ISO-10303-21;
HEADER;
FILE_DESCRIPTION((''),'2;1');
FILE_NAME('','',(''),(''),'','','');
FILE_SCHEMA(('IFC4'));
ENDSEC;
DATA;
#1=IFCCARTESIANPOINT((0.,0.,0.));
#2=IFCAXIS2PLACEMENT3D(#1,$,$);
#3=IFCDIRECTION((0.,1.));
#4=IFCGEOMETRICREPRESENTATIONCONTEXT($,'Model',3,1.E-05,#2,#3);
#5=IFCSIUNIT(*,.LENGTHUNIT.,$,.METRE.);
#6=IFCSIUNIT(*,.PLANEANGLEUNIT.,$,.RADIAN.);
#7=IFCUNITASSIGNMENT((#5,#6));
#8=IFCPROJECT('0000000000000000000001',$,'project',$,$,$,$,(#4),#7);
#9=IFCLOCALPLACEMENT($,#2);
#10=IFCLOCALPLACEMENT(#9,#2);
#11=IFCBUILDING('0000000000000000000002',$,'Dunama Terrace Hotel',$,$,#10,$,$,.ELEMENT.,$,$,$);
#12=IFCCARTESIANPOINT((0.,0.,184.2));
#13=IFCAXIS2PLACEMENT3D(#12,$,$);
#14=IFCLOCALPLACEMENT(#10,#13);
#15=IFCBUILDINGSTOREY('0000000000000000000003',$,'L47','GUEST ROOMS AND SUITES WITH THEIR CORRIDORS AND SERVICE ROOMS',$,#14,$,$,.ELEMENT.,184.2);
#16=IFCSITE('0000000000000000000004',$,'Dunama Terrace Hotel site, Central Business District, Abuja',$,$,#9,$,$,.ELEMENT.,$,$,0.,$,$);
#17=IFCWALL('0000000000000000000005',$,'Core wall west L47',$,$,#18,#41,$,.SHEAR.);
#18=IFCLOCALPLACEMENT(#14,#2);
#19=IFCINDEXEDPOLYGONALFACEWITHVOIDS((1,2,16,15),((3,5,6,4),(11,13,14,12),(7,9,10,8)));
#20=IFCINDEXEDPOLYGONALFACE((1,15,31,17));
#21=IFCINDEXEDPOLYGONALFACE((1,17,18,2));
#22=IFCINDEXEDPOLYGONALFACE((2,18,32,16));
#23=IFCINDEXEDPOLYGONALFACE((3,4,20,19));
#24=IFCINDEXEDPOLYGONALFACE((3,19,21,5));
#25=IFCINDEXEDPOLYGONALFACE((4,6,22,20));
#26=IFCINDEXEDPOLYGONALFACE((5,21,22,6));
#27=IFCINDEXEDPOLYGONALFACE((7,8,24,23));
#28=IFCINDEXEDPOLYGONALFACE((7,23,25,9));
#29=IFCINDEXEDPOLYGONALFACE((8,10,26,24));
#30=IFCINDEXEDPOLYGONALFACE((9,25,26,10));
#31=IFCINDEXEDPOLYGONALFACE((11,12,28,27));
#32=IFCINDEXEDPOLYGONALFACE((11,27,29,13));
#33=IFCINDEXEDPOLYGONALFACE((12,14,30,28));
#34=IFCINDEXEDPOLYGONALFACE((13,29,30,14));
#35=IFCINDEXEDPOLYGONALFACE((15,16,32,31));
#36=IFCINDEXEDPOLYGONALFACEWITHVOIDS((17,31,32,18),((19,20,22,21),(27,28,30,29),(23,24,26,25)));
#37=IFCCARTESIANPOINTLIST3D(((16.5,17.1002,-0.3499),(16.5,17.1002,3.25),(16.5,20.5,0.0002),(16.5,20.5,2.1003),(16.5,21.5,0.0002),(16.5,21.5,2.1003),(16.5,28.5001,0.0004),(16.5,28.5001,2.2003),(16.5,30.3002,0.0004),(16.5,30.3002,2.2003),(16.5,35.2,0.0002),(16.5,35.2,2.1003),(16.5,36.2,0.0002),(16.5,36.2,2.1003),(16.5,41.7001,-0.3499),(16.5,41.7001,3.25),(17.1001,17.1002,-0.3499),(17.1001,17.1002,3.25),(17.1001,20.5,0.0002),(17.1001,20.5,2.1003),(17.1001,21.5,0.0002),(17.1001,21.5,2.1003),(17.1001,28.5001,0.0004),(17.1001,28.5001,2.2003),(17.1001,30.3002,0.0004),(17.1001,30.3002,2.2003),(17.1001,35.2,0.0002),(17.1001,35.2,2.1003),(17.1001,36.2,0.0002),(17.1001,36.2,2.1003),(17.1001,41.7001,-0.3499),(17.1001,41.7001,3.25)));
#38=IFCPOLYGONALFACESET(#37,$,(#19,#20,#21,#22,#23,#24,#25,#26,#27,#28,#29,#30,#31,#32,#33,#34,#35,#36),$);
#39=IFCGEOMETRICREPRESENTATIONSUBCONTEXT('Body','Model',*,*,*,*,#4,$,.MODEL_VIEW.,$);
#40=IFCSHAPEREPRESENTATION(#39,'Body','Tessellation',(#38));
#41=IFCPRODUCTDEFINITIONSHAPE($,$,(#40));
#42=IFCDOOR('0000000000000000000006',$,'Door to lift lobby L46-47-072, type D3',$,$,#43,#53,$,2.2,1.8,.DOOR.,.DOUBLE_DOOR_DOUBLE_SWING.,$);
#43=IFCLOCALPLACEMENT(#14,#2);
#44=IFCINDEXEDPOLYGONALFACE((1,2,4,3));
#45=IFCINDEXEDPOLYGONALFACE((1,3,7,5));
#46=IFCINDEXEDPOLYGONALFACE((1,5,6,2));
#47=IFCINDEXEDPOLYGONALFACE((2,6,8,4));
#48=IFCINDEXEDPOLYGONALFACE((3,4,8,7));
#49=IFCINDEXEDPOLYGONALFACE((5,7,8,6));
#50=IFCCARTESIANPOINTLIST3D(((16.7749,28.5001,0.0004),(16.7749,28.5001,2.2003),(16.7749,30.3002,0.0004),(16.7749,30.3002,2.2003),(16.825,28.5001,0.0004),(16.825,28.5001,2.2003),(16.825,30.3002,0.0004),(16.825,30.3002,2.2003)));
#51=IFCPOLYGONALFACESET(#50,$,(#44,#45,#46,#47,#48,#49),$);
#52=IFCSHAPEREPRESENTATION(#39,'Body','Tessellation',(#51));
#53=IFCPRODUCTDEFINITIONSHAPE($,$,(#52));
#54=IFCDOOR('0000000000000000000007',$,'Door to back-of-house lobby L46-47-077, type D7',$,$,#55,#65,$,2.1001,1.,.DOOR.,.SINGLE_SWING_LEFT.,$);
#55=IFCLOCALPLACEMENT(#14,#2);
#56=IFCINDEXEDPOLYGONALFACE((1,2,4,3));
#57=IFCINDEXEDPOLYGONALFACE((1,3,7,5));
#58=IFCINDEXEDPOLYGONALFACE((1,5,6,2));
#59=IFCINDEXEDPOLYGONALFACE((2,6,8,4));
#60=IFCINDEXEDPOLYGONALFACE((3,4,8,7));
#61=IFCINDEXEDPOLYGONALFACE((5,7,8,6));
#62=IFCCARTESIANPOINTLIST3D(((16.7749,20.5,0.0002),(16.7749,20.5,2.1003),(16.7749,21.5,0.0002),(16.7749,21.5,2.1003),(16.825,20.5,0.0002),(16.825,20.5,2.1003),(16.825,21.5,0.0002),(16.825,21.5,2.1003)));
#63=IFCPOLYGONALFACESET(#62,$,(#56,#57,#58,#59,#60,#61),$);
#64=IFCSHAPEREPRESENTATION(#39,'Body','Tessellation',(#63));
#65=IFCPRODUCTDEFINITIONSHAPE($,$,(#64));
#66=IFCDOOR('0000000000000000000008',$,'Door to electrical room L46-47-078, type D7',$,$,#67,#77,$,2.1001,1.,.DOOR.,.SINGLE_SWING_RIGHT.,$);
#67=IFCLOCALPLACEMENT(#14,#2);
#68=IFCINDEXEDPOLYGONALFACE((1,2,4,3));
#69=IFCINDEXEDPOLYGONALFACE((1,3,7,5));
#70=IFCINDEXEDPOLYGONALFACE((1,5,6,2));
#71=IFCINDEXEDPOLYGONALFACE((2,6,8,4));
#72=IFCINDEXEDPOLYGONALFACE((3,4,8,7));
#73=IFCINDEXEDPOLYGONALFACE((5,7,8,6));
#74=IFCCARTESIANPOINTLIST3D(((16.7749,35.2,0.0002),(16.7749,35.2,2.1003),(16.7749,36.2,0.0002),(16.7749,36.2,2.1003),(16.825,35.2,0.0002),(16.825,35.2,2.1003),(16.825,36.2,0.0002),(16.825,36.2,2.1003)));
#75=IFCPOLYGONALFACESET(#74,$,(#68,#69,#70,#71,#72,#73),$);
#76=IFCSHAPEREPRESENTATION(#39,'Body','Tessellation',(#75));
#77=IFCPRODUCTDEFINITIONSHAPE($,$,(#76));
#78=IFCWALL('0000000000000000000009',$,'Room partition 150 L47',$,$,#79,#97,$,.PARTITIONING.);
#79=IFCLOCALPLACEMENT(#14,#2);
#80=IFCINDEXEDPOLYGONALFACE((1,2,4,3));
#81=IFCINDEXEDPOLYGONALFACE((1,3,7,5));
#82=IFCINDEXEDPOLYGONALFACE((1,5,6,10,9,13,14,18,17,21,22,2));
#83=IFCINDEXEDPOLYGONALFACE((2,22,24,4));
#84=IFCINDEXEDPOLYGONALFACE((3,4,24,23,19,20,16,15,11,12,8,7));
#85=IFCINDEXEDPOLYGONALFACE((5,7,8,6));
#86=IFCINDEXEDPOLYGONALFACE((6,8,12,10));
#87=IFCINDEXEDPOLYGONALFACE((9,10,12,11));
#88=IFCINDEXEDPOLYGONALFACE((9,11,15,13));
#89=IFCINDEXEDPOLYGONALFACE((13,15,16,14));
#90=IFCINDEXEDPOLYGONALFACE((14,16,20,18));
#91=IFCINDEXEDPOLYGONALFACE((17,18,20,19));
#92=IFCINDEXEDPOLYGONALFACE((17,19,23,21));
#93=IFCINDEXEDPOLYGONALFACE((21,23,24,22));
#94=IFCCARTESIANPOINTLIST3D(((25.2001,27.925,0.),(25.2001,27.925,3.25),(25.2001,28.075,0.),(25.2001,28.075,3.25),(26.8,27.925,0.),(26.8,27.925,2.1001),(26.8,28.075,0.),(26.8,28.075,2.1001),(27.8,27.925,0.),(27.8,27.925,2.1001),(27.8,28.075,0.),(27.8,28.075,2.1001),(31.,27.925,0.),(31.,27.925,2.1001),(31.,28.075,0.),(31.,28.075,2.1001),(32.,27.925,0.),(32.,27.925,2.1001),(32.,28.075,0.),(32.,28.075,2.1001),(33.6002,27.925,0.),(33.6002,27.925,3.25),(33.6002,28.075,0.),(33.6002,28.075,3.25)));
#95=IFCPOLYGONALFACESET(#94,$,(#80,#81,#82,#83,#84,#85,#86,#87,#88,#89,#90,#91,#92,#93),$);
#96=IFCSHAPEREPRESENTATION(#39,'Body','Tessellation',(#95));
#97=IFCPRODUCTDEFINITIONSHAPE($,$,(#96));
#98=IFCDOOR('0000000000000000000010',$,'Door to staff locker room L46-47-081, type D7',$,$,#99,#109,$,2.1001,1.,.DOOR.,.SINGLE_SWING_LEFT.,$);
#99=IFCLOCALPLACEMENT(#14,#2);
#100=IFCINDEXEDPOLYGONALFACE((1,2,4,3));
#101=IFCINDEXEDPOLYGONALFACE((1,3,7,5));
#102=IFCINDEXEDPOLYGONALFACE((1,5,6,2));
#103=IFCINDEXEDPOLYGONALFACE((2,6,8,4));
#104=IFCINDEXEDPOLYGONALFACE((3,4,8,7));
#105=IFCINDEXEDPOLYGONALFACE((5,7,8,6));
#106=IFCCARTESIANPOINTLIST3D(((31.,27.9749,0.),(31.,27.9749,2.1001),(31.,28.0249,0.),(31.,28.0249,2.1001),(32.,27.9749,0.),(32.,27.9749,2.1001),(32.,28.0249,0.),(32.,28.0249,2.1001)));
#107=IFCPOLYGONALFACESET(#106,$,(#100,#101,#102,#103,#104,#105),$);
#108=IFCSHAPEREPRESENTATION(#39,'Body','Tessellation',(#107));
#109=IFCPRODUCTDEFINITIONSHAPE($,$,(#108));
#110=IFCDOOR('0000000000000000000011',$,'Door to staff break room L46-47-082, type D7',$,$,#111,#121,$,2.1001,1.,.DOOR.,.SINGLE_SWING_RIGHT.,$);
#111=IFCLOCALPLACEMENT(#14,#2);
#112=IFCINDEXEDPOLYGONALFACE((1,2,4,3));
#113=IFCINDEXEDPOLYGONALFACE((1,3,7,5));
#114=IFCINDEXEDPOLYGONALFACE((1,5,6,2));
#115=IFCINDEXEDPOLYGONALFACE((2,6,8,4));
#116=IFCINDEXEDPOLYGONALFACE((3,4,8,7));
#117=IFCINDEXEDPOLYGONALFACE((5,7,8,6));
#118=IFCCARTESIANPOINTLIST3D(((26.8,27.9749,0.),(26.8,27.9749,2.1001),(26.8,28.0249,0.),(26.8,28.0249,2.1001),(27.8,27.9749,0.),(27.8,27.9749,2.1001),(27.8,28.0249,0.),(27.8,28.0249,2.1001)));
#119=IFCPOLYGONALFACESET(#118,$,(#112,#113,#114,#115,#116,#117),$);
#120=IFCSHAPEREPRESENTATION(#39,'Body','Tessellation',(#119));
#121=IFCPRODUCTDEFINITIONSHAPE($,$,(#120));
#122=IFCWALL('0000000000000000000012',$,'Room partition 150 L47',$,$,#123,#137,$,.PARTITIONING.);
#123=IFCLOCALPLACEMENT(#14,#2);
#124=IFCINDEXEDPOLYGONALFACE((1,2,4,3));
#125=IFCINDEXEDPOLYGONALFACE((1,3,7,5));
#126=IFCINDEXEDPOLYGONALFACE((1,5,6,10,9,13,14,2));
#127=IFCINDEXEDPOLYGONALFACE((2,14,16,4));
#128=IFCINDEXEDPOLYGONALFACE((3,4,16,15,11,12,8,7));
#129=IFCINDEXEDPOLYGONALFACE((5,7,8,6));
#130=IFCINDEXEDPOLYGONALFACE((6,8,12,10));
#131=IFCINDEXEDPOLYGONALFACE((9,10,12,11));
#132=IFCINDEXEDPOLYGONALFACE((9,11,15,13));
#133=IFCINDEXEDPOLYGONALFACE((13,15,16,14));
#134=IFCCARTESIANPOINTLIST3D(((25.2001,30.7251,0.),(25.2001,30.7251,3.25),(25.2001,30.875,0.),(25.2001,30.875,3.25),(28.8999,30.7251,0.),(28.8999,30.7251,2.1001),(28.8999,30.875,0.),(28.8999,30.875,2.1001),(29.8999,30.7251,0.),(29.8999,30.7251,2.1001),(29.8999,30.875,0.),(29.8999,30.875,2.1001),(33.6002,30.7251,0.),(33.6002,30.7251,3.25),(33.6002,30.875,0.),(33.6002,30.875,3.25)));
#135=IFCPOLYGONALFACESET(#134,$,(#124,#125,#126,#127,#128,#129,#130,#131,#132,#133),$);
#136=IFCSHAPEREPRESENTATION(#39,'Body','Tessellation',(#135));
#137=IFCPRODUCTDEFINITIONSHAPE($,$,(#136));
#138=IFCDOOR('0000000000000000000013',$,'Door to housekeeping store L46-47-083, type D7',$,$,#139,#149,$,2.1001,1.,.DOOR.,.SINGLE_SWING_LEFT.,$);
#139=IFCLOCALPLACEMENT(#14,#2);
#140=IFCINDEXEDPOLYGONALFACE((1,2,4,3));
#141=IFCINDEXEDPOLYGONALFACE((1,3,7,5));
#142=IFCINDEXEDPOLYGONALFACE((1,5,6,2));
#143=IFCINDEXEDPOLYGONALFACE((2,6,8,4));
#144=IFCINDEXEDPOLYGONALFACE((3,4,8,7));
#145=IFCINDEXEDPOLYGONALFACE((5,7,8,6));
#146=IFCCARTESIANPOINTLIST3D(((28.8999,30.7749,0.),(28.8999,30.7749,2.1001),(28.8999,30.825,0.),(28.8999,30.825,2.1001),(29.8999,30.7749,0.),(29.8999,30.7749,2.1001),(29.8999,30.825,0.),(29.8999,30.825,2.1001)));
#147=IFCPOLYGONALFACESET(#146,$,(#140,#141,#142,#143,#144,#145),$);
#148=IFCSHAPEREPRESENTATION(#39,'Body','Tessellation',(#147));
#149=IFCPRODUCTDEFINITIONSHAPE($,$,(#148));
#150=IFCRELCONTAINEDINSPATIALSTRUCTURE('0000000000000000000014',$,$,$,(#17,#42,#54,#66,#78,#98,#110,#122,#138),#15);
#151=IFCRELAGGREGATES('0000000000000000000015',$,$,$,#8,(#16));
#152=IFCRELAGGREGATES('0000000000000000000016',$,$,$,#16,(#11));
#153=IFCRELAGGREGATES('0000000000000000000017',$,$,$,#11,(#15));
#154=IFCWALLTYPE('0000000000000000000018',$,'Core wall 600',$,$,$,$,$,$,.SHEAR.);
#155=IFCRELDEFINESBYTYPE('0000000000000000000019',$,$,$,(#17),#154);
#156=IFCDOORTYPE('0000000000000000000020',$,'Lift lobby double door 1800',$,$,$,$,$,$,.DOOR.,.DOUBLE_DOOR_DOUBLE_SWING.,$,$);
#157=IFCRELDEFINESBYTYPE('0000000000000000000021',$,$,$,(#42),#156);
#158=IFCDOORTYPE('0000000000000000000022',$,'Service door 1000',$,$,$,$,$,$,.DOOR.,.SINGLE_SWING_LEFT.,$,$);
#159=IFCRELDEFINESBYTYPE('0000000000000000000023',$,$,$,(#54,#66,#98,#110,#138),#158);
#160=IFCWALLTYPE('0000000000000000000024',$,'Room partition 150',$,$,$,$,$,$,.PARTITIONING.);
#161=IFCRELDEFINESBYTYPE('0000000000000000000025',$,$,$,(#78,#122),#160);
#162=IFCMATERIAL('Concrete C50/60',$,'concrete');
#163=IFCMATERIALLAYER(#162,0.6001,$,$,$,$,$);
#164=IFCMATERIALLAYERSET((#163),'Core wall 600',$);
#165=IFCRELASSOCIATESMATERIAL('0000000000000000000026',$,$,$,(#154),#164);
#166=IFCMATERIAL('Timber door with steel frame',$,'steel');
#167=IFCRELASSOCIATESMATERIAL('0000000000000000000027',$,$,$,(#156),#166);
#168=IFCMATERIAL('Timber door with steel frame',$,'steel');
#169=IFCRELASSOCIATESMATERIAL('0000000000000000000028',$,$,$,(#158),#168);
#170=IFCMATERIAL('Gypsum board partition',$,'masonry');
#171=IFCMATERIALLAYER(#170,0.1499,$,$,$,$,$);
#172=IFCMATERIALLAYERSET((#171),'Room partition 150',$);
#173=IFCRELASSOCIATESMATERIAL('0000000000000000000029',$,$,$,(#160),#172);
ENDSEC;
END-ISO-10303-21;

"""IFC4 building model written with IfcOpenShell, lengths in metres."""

from ifc_helpers import new_model, si_unit, direction, frame, frame_2d, origin, place, context, subcontext, project, spatial, rectangle, extrude, material, layer, layer_set, type_object, element, fill, save


model = new_model("IFC4")

# Units and contexts
model_context = context("Model", 3, precision=1e-05, world=origin(), true_north=direction((0.0, 1.0)))
body_context = subcontext(model_context, "Body", "Model", "MODEL_VIEW")
ifc_project = project(units=[si_unit("LENGTHUNIT", "METRE"), si_unit("PLANEANGLEUNIT", "RADIAN")], contexts=[model_context])

# Site, building, storey
site_placement = place(None, origin())
site = spatial("IfcSite", under=ifc_project, at=site_placement, Name="Dunama Terrace Hotel site, Central Business District, Abuja", CompositionType="ELEMENT", RefElevation=0.0)
building_placement = place(site_placement, origin())
building = spatial("IfcBuilding", under=site, at=building_placement, Name="Dunama Terrace Hotel", CompositionType="ELEMENT")
storey_placement = place(building_placement, frame((0.0, 0.0, 184.2)))
storey = spatial("IfcBuildingStorey", under=building, at=storey_placement, Name="L47", Description="GUEST ROOMS AND SUITES WITH THEIR CORRIDORS AND SERVICE ROOMS", CompositionType="ELEMENT", Elevation=184.2)

# Walls, openings, doors
ifc_material_1 = material(Name="Concrete C50/60", Category="concrete")
ifc_layer_1 = layer(ifc_material_1, 0.6001)
ifc_layer_set_1 = layer_set([ifc_layer_1], Name="Core wall 600")
wall_type_1 = type_object("IfcWallType", Name="Core wall 600", PredefinedType="SHEAR", material=ifc_layer_set_1)
wall_1_placement = place(storey_placement, frame((16.8, 41.7, -0.3499), z_axis=(0.0, 0.0, 1.0), x_axis=(0.0, -1.0, 0.0)))
wall_1 = element("IfcWall", 1, at=wall_1_placement, inside=storey, type_object=wall_type_1, Name="Core wall west L47", PredefinedType="SHEAR", context=body_context, shape_type="SweptSolid", body=[
    extrude(rectangle(XDim=24.5999, YDim=0.6001, at=frame_2d((12.2998, 0.0))), origin(), (0.0, 0.0, 1.0), 3.5999),
])
opening_1_placement = place(wall_1_placement, frame((11.3999, 0.0, 0.3501)))
opening_1 = element("IfcOpeningElement", 2, at=opening_1_placement, cuts=wall_1, PredefinedType="OPENING", context=body_context, shape_type="SweptSolid", body=[
    extrude(rectangle(XDim=1.8, YDim=2.2, at=frame_2d((0.8999, 1.1001))), frame((0.0, 0.3101, 0.0), z_axis=(0.0, -1.0, 0.0), x_axis=(1.0, 0.0, 0.0)), (0.0, 0.0, 1.0), 0.6201),
])
opening_2_placement = place(wall_1_placement, frame((20.2, 0.0, 0.3501)))
opening_2 = element("IfcOpeningElement", 3, at=opening_2_placement, cuts=wall_1, PredefinedType="OPENING", context=body_context, shape_type="SweptSolid", body=[
    extrude(rectangle(XDim=1.0, YDim=2.1001, at=frame_2d((0.5, 1.05))), frame((0.0, 0.3101, 0.0), z_axis=(0.0, -1.0, 0.0), x_axis=(1.0, 0.0, 0.0)), (0.0, 0.0, 1.0), 0.6201),
])
opening_3_placement = place(wall_1_placement, frame((5.5, 0.0, 0.3501)))
opening_3 = element("IfcOpeningElement", 4, at=opening_3_placement, cuts=wall_1, PredefinedType="OPENING", context=body_context, shape_type="SweptSolid", body=[
    extrude(rectangle(XDim=1.0, YDim=2.1001, at=frame_2d((0.5, 1.05))), frame((0.0, 0.3101, 0.0), z_axis=(0.0, -1.0, 0.0), x_axis=(1.0, 0.0, 0.0)), (0.0, 0.0, 1.0), 0.6201),
])
ifc_material_2 = material(Name="Timber door with steel frame", Category="steel")
door_type_1 = type_object("IfcDoorType", Name="Lift lobby double door 1800", OperationType="DOUBLE_DOOR_DOUBLE_SWING", PredefinedType="DOOR", material=ifc_material_2)
door_1_placement = place(opening_1_placement, origin())
door_1 = element("IfcDoor", 5, at=door_1_placement, inside=storey, type_object=door_type_1, Name="Door to lift lobby L46-47-072, type D3", OperationType="DOUBLE_DOOR_DOUBLE_SWING", OverallHeight=2.2, OverallWidth=1.8, PredefinedType="DOOR", context=body_context, shape_type="SweptSolid", body=[
    extrude(rectangle(XDim=1.8, YDim=2.2, at=frame_2d((0.8999, 1.1001))), frame((0.0, 0.0249, 0.0), z_axis=(0.0, -1.0, 0.0), x_axis=(1.0, 0.0, 0.0)), (0.0, 0.0, 1.0), 0.05),
])
fill(opening_1, door_1)
ifc_material_3 = material(Name="Timber door with steel frame", Category="steel")
door_type_2 = type_object("IfcDoorType", Name="Service door 1000", OperationType="SINGLE_SWING_LEFT", PredefinedType="DOOR", material=ifc_material_3)
door_2_placement = place(opening_2_placement, origin())
door_2 = element("IfcDoor", 6, at=door_2_placement, inside=storey, type_object=door_type_2, Name="Door to back-of-house lobby L46-47-077, type D7", OperationType="SINGLE_SWING_LEFT", OverallHeight=2.1001, OverallWidth=1.0, PredefinedType="DOOR", context=body_context, shape_type="SweptSolid", body=[
    extrude(rectangle(XDim=1.0, YDim=2.1001, at=frame_2d((0.5, 1.05))), frame((0.0, 0.0249, 0.0), z_axis=(0.0, -1.0, 0.0), x_axis=(1.0, 0.0, 0.0)), (0.0, 0.0, 1.0), 0.05),
])
fill(opening_2, door_2)
door_3_placement = place(opening_3_placement, origin())
door_3 = element("IfcDoor", 7, at=door_3_placement, inside=storey, type_object=door_type_2, Name="Door to electrical room L46-47-078, type D7", OperationType="SINGLE_SWING_RIGHT", OverallHeight=2.1001, OverallWidth=1.0, PredefinedType="DOOR", context=body_context, shape_type="SweptSolid", body=[
    extrude(rectangle(XDim=1.0, YDim=2.1001, at=frame_2d((0.5, 1.05))), frame((0.0, 0.0249, 0.0), z_axis=(0.0, -1.0, 0.0), x_axis=(1.0, 0.0, 0.0)), (0.0, 0.0, 1.0), 0.05),
])
fill(opening_3, door_3)
ifc_material_4 = material(Name="Gypsum board partition", Category="masonry")
ifc_layer_2 = layer(ifc_material_4, 0.1499)
ifc_layer_set_2 = layer_set([ifc_layer_2], Name="Room partition 150")
wall_type_2 = type_object("IfcWallType", Name="Room partition 150", PredefinedType="PARTITIONING", material=ifc_layer_set_2)
wall_2_placement = place(storey_placement, frame((25.2, 28.0, 0.0), z_axis=(0.0, 0.0, 1.0), x_axis=(1.0, 0.0, 0.0)))
wall_2 = element("IfcWall", 8, at=wall_2_placement, inside=storey, type_object=wall_type_2, Name="Room partition 150 L47", PredefinedType="PARTITIONING", context=body_context, shape_type="SweptSolid", body=[
    extrude(rectangle(XDim=8.4001, YDim=0.1499, at=frame_2d((4.2002, 0.0))), origin(), (0.0, 0.0, 1.0), 3.25),
])
opening_4_placement = place(wall_2_placement, frame((5.8, 0.0, 0.0)))
opening_4 = element("IfcOpeningElement", 9, at=opening_4_placement, cuts=wall_2, PredefinedType="OPENING", context=body_context, shape_type="SweptSolid", body=[
    extrude(rectangle(XDim=1.0, YDim=2.1001, at=frame_2d((0.5, 1.05))), frame((0.0, 0.085, 0.0), z_axis=(0.0, -1.0, 0.0), x_axis=(1.0, 0.0, 0.0)), (0.0, 0.0, 1.0), 0.1699),
])
opening_5_placement = place(wall_2_placement, frame((1.6001, 0.0, 0.0)))
opening_5 = element("IfcOpeningElement", 10, at=opening_5_placement, cuts=wall_2, PredefinedType="OPENING", context=body_context, shape_type="SweptSolid", body=[
    extrude(rectangle(XDim=1.0, YDim=2.1001, at=frame_2d((0.5, 1.05))), frame((0.0, 0.085, 0.0), z_axis=(0.0, -1.0, 0.0), x_axis=(1.0, 0.0, 0.0)), (0.0, 0.0, 1.0), 0.1699),
])
door_4_placement = place(opening_4_placement, frame((1.0, 0.0, 0.0), z_axis=(0.0, 0.0, 1.0), x_axis=(-1.0, 0.0, 0.0)))
door_4 = element("IfcDoor", 11, at=door_4_placement, inside=storey, type_object=door_type_2, Name="Door to staff locker room L46-47-081, type D7", OperationType="SINGLE_SWING_LEFT", OverallHeight=2.1001, OverallWidth=1.0, PredefinedType="DOOR", context=body_context, shape_type="SweptSolid", body=[
    extrude(rectangle(XDim=1.0, YDim=2.1001, at=frame_2d((0.5, 1.05))), frame((0.0, 0.0251, 0.0), z_axis=(0.0, -1.0, 0.0), x_axis=(1.0, 0.0, 0.0)), (0.0, 0.0, 1.0), 0.05),
])
fill(opening_4, door_4)
door_5_placement = place(opening_5_placement, frame((1.0, 0.0, 0.0), z_axis=(0.0, 0.0, 1.0), x_axis=(-1.0, 0.0, 0.0)))
door_5 = element("IfcDoor", 12, at=door_5_placement, inside=storey, type_object=door_type_2, Name="Door to staff break room L46-47-082, type D7", OperationType="SINGLE_SWING_RIGHT", OverallHeight=2.1001, OverallWidth=1.0, PredefinedType="DOOR", context=body_context, shape_type="SweptSolid", body=[
    extrude(rectangle(XDim=1.0, YDim=2.1001, at=frame_2d((0.5, 1.05))), frame((0.0, 0.0251, 0.0), z_axis=(0.0, -1.0, 0.0), x_axis=(1.0, 0.0, 0.0)), (0.0, 0.0, 1.0), 0.05),
])
fill(opening_5, door_5)

# Wall, opening, door
wall_3_placement = place(storey_placement, frame((25.2, 30.8, 0.0), z_axis=(0.0, 0.0, 1.0), x_axis=(1.0, 0.0, 0.0)))
wall_3 = element("IfcWall", 13, at=wall_3_placement, inside=storey, type_object=wall_type_2, Name="Room partition 150 L47", PredefinedType="PARTITIONING", context=body_context, shape_type="SweptSolid", body=[
    extrude(rectangle(XDim=8.4001, YDim=0.1499, at=frame_2d((4.2002, 0.0))), origin(), (0.0, 0.0, 1.0), 3.25),
])
opening_6_placement = place(wall_3_placement, frame((3.7, 0.0, 0.0)))
opening_6 = element("IfcOpeningElement", 14, at=opening_6_placement, cuts=wall_3, PredefinedType="OPENING", context=body_context, shape_type="SweptSolid", body=[
    extrude(rectangle(XDim=1.0, YDim=2.1001, at=frame_2d((0.5, 1.05))), frame((0.0, 0.085, 0.0), z_axis=(0.0, -1.0, 0.0), x_axis=(1.0, 0.0, 0.0)), (0.0, 0.0, 1.0), 0.1699),
])
door_6_placement = place(opening_6_placement, origin())
door_6 = element("IfcDoor", 15, at=door_6_placement, inside=storey, type_object=door_type_2, Name="Door to housekeeping store L46-47-083, type D7", OperationType="SINGLE_SWING_LEFT", OverallHeight=2.1001, OverallWidth=1.0, PredefinedType="DOOR", context=body_context, shape_type="SweptSolid", body=[
    extrude(rectangle(XDim=1.0, YDim=2.1001, at=frame_2d((0.5, 1.05))), frame((0.0, 0.0249, 0.0), z_axis=(0.0, -1.0, 0.0), x_axis=(1.0, 0.0, 0.0)), (0.0, 0.0, 1.0), 0.05),
])
fill(opening_6, door_6)

save(model, "model.ifc")
